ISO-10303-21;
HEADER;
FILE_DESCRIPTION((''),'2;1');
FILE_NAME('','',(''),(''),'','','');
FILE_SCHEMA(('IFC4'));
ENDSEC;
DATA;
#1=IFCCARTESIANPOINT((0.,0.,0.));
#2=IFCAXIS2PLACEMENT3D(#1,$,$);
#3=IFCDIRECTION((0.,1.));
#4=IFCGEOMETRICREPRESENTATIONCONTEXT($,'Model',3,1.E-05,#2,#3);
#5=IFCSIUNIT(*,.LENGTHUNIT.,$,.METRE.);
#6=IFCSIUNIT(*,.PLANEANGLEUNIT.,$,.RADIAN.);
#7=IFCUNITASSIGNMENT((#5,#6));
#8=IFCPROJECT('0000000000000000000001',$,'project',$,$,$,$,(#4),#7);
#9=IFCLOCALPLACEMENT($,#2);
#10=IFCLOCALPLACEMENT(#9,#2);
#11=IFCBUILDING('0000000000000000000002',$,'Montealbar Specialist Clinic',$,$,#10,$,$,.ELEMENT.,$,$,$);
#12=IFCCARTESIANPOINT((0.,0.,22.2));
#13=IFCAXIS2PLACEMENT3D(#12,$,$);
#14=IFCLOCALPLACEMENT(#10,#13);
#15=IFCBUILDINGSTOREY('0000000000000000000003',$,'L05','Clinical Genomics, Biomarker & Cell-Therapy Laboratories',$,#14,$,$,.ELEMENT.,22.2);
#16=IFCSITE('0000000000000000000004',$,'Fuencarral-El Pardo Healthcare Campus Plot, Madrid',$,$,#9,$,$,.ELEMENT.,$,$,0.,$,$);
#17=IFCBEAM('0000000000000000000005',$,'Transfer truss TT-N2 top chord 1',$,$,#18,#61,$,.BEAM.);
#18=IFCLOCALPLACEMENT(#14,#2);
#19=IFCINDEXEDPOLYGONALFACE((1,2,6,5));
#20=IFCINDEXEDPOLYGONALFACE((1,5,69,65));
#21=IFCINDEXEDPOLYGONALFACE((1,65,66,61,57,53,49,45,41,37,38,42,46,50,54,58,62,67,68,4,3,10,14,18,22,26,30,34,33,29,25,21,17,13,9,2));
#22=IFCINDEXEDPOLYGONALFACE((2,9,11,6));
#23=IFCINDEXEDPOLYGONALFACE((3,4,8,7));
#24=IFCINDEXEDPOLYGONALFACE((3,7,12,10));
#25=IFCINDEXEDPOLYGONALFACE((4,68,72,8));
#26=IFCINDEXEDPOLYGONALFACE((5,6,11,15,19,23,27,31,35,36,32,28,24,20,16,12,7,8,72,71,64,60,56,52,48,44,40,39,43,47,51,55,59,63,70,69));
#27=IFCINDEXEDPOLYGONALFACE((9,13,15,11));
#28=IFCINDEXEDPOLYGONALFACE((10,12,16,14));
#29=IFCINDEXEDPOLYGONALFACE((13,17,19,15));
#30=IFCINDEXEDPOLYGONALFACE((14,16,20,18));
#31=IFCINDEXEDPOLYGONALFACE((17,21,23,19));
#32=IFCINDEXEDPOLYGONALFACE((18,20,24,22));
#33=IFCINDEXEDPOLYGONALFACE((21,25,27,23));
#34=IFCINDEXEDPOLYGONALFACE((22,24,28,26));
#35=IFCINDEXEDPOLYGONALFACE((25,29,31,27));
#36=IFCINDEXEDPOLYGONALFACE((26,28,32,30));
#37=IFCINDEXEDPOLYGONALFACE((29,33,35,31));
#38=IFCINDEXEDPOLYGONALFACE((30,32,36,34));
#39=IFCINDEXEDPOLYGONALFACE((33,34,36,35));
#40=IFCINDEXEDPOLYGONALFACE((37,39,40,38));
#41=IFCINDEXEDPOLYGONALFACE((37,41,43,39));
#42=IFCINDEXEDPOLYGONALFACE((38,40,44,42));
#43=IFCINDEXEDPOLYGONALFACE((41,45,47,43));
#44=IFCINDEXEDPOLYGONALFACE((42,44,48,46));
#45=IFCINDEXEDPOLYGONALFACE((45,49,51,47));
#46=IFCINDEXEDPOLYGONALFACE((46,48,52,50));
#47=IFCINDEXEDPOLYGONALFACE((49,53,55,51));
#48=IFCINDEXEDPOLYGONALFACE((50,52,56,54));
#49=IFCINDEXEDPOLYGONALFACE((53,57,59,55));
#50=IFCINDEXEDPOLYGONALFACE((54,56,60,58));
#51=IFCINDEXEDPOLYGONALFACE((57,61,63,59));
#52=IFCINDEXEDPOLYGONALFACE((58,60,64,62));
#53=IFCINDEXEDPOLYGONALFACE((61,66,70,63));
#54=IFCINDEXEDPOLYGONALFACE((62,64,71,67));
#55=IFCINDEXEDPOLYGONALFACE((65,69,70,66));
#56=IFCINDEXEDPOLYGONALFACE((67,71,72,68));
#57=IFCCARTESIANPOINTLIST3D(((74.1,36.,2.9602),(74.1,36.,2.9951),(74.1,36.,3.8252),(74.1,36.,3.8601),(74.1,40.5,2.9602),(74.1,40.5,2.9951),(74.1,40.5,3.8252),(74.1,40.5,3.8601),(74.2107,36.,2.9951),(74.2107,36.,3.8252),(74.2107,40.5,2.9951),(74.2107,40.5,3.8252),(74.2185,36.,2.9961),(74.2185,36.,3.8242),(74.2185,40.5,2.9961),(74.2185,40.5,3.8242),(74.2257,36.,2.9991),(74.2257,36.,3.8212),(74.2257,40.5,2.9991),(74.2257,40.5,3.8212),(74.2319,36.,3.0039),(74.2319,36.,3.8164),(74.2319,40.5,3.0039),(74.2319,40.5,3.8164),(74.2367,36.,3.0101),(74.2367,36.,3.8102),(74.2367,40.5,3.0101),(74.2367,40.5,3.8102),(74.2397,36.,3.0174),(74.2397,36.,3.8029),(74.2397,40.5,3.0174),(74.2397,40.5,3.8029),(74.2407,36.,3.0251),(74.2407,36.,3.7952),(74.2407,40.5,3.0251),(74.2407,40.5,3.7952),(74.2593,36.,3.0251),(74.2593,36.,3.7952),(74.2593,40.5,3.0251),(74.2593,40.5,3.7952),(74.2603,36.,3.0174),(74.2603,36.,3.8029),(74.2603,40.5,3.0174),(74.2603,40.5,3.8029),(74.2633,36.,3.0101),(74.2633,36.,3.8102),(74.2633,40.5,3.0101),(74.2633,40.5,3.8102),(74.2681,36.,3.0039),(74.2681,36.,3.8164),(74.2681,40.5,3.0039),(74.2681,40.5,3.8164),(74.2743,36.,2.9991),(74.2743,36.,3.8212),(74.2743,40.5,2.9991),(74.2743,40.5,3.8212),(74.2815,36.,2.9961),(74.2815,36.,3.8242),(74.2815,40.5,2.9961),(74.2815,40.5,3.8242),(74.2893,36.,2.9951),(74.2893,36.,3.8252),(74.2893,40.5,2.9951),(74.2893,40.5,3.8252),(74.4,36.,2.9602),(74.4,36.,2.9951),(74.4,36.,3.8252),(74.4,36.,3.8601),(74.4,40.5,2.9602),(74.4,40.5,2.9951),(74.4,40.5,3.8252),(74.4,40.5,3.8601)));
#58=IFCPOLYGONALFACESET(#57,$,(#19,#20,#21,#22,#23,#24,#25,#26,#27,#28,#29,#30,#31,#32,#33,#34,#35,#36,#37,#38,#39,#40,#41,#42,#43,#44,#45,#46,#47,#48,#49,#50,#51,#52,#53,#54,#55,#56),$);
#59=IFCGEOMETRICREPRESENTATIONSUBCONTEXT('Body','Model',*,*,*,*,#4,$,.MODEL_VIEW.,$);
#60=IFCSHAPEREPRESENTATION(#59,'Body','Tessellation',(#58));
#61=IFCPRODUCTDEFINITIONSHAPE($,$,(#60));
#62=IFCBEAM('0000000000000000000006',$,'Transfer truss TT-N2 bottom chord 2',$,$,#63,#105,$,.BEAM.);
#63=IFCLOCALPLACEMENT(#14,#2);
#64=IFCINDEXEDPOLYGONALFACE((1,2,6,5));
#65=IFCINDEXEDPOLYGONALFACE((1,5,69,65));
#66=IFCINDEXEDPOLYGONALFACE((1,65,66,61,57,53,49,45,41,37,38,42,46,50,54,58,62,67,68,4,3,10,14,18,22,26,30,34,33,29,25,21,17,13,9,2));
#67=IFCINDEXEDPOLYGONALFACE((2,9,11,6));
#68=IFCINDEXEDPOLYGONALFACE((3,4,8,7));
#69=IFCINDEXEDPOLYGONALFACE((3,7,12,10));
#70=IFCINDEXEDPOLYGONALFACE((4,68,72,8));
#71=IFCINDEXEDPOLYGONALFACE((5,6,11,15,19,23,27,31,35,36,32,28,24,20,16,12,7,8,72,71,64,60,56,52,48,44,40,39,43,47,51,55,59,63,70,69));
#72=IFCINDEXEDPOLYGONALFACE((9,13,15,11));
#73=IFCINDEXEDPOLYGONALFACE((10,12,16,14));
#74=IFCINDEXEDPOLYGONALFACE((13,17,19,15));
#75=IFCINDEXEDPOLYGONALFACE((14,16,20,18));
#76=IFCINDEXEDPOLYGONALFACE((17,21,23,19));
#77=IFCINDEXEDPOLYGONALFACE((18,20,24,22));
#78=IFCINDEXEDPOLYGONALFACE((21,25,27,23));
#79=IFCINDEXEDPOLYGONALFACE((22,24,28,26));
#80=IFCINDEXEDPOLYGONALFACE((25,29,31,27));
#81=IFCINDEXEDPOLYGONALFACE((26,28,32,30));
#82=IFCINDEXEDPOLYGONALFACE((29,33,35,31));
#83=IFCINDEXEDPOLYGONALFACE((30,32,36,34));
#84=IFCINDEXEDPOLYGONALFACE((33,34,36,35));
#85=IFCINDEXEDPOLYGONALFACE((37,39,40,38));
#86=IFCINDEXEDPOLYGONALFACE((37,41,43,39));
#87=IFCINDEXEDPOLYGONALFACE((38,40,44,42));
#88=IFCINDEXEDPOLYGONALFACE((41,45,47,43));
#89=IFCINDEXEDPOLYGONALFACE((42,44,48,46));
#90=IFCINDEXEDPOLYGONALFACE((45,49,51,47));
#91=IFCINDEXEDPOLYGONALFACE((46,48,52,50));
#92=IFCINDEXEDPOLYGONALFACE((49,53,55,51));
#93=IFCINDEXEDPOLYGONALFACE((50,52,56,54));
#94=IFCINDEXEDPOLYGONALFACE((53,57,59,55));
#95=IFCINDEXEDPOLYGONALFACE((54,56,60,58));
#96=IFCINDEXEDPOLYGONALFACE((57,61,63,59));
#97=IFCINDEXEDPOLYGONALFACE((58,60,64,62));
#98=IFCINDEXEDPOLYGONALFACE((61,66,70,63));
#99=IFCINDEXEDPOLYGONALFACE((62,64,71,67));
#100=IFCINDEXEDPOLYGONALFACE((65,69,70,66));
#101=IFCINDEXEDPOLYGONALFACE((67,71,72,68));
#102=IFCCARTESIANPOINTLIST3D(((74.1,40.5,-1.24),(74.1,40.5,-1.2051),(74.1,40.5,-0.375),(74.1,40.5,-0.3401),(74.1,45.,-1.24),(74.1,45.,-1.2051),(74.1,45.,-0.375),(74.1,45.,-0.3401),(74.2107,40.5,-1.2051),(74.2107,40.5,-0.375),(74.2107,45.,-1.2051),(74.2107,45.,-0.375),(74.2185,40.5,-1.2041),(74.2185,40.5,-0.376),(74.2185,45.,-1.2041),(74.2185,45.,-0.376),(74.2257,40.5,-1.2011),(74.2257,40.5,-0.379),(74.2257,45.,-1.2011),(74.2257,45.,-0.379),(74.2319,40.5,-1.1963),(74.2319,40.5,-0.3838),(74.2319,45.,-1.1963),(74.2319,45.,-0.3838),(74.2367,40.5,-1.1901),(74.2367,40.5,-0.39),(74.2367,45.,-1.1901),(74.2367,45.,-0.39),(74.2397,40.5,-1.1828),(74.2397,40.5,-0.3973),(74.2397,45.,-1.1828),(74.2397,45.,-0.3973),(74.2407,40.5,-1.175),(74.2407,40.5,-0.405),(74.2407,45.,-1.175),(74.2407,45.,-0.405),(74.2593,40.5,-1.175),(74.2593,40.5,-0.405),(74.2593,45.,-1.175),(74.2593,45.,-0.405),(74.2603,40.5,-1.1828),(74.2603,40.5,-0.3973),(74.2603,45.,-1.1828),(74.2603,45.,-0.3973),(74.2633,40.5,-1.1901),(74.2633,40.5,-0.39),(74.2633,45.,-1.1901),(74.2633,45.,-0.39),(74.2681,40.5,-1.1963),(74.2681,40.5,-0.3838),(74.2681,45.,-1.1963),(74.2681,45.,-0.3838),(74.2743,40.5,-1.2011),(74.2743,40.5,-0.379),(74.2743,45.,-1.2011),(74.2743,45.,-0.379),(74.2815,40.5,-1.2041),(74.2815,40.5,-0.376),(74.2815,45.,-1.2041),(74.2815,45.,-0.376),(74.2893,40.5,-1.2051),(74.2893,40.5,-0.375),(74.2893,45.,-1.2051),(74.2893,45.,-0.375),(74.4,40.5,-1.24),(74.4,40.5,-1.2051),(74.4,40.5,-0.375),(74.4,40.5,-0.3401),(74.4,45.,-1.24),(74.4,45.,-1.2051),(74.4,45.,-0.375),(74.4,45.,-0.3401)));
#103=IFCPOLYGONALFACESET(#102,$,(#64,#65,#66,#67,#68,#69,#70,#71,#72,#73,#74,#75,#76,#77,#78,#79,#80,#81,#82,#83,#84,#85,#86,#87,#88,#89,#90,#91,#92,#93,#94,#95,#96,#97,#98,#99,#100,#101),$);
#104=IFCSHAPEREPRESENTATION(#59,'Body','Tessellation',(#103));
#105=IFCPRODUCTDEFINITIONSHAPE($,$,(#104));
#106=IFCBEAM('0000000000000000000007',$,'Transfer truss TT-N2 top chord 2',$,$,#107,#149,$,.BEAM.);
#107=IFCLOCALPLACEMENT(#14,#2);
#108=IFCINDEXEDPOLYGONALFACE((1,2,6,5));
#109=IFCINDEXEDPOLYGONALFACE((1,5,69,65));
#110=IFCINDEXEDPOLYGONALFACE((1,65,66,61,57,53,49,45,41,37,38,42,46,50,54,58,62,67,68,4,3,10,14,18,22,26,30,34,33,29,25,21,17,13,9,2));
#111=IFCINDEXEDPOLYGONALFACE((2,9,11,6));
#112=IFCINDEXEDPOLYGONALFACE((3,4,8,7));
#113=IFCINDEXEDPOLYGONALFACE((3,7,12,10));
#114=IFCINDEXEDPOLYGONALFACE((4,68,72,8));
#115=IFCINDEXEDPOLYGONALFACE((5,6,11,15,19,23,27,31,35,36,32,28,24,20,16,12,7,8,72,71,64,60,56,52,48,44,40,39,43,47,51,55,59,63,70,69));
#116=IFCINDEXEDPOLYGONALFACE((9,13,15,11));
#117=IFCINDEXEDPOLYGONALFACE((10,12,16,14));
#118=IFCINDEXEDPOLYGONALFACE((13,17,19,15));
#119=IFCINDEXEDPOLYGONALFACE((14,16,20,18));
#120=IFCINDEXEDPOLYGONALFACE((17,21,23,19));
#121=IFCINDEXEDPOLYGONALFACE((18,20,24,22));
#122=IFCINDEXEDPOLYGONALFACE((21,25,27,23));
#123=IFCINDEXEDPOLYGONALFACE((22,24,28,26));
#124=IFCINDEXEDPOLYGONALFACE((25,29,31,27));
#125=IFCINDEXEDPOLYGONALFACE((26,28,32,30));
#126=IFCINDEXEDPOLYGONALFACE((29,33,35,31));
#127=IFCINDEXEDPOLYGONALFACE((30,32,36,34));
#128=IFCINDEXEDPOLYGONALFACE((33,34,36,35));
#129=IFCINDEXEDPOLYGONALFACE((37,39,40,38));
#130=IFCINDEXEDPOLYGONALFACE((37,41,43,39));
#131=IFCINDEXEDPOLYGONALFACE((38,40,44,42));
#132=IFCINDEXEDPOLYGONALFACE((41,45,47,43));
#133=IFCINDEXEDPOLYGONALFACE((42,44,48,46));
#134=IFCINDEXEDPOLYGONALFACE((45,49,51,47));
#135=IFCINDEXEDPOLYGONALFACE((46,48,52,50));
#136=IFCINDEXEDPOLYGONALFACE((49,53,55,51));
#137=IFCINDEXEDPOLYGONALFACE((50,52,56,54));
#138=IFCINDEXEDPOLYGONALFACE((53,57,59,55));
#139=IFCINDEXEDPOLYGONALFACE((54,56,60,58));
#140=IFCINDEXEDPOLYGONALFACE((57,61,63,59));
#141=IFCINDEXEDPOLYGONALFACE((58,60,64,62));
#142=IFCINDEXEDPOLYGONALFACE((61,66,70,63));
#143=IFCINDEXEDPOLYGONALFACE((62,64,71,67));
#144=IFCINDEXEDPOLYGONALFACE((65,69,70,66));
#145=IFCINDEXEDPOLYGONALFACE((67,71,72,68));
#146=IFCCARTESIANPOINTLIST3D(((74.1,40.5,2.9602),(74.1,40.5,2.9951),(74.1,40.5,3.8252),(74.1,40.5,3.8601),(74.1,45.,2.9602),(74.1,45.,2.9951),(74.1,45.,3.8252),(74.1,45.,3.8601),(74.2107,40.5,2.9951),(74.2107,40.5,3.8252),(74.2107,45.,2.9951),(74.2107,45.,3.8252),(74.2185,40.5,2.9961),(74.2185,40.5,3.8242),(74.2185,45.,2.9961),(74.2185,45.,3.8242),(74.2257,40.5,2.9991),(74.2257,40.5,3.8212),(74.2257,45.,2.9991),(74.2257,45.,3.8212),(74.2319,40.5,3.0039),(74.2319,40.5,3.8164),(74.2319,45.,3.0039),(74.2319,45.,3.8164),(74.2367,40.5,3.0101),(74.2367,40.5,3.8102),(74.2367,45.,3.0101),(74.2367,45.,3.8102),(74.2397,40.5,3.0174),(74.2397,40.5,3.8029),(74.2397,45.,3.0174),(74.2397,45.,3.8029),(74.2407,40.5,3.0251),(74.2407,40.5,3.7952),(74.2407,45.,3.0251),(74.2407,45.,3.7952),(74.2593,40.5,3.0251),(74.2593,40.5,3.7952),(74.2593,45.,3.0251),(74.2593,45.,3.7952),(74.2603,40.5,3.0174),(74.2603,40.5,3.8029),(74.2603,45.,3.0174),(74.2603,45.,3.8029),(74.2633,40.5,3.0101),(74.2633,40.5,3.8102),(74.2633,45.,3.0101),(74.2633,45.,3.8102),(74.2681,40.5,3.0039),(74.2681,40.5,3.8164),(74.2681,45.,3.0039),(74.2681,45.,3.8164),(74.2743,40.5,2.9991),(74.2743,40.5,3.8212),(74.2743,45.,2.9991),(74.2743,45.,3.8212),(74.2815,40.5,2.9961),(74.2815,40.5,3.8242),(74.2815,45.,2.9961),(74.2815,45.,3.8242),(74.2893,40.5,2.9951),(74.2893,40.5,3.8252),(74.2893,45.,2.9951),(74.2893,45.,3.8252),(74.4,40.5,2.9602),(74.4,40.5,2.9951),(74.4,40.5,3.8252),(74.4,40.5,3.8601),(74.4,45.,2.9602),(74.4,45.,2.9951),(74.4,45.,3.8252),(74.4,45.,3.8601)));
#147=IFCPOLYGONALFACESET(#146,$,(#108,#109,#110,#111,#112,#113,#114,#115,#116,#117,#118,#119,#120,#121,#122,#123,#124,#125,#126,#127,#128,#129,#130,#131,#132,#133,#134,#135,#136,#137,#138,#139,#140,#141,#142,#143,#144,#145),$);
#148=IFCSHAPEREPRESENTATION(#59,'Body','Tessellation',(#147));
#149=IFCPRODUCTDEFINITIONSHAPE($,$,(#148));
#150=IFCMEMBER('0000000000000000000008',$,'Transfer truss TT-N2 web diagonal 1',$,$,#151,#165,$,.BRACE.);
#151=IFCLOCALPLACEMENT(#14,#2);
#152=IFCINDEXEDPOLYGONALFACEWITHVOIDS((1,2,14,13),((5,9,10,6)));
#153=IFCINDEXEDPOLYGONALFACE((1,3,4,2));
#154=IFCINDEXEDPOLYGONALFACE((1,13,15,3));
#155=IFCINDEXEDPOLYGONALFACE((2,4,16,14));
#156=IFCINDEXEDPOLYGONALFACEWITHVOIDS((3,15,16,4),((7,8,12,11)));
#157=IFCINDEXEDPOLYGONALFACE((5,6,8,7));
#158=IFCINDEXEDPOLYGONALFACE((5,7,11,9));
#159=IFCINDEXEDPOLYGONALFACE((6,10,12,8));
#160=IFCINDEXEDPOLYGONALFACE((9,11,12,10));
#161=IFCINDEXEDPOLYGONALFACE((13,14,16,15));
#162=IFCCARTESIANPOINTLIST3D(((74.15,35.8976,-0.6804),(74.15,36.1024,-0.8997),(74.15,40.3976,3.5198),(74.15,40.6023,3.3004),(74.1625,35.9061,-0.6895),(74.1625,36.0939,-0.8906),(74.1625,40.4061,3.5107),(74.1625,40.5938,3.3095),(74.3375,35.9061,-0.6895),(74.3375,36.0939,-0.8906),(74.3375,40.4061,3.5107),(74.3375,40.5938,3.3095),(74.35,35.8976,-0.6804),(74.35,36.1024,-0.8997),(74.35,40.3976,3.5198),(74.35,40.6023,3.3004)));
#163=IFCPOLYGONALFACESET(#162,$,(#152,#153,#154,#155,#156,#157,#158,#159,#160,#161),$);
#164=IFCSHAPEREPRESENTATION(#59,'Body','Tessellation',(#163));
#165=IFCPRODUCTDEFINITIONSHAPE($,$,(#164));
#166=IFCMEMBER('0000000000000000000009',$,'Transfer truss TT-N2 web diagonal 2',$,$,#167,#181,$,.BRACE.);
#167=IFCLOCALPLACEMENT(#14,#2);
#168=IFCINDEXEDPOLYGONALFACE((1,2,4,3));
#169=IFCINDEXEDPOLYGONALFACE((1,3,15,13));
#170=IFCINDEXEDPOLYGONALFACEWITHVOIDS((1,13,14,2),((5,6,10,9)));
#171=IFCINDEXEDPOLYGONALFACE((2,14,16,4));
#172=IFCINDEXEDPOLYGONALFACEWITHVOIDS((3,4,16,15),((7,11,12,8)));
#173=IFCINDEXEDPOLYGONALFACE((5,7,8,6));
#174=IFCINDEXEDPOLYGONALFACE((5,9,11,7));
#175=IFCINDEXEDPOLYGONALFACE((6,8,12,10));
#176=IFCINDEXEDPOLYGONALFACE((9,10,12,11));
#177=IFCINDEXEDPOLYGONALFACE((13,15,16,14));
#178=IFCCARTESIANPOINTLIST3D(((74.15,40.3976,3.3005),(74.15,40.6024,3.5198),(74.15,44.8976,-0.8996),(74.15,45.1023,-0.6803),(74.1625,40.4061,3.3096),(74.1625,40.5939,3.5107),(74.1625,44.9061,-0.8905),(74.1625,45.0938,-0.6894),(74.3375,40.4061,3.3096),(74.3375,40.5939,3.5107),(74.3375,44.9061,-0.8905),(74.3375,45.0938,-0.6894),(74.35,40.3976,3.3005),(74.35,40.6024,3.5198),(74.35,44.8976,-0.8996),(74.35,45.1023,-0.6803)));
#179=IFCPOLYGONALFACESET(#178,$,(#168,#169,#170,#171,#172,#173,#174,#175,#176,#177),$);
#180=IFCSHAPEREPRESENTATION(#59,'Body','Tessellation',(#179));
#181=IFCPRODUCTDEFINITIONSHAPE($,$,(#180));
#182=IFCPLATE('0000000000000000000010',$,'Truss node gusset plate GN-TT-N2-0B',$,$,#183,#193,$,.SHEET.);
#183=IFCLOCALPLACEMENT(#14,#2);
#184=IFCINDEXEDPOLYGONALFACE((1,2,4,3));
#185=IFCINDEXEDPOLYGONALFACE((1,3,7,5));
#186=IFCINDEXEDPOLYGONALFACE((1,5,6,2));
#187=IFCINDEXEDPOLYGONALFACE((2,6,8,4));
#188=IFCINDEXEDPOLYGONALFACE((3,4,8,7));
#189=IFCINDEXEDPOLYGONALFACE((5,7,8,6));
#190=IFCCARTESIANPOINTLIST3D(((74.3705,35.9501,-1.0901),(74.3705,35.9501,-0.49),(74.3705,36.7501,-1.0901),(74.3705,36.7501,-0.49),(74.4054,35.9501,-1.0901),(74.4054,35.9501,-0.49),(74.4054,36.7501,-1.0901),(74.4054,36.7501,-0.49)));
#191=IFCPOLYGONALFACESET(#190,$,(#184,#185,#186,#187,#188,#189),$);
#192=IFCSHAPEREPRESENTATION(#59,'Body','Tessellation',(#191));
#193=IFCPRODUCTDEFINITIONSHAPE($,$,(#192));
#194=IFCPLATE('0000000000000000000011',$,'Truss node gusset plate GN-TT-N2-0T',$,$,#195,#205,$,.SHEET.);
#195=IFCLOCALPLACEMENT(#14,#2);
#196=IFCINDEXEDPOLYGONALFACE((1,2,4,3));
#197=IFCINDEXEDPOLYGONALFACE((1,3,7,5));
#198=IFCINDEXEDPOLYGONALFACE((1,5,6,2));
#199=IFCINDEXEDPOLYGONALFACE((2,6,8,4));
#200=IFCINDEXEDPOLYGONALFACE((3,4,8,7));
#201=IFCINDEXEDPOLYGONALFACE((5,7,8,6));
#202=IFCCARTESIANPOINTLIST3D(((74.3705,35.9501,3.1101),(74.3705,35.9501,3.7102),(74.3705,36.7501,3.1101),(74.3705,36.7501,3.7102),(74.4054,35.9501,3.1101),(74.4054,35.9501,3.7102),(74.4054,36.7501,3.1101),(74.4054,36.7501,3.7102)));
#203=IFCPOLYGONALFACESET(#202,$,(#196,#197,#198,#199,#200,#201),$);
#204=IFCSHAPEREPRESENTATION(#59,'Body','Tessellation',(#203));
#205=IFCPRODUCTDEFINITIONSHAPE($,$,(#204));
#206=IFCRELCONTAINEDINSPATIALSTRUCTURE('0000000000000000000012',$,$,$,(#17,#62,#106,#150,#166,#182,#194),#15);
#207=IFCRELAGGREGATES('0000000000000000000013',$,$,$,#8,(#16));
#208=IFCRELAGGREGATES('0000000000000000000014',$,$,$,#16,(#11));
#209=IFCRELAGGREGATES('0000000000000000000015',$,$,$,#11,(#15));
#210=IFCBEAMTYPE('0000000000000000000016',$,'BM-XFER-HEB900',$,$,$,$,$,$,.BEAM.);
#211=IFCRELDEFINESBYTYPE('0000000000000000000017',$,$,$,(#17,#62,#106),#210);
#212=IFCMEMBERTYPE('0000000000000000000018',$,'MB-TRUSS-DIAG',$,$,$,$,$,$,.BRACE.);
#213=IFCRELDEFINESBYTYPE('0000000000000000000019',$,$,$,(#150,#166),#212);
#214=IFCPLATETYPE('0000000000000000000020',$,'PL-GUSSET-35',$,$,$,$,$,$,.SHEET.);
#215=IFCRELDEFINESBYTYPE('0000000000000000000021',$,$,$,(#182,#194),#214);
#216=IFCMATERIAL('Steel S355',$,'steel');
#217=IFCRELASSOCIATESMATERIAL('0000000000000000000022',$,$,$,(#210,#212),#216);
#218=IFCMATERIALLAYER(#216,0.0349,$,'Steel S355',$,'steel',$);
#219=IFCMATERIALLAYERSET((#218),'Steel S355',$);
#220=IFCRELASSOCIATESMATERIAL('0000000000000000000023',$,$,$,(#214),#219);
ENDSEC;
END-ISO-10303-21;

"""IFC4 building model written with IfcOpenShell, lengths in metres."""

from ifc_helpers import new_model, si_unit, direction, frame, origin, origin_2d, place, context, subcontext, project, spatial, rectangle, hollow_rectangle, i_section, extrude, material, layer, layer_set, material_profile, profile_set, type_object, element, save


model = new_model("IFC4")

# Units and contexts
model_context = context("Model", 3, precision=1e-05, world=origin(), true_north=direction((0.0, 1.0)))
body_context = subcontext(model_context, "Body", "Model", "MODEL_VIEW")
ifc_project = project(units=[si_unit("LENGTHUNIT", "METRE"), si_unit("PLANEANGLEUNIT", "RADIAN")], contexts=[model_context])

# Site, building, storey
site_placement = place(None, origin())
site = spatial("IfcSite", under=ifc_project, at=site_placement, Name="Fuencarral-El Pardo Healthcare Campus Plot, Madrid", CompositionType="ELEMENT", RefElevation=0.0)
building_placement = place(site_placement, origin())
building = spatial("IfcBuilding", under=site, at=building_placement, Name="Montealbar Specialist Clinic", CompositionType="ELEMENT")
storey_placement = place(building_placement, frame((0.0, 0.0, 22.2)))
storey = spatial("IfcBuildingStorey", under=building, at=storey_placement, Name="L05", Description="Clinical Genomics, Biomarker & Cell-Therapy Laboratories", CompositionType="ELEMENT", Elevation=22.2)

# Shared definitions
ifc_material_1 = material(Name="Steel S355", Category="steel")

# Beams
ifc_material_profile_1 = material_profile(ifc_material_1, i_section(OverallWidth=0.3, OverallDepth=0.8999, WebThickness=0.0186, FlangeThickness=0.0349, FilletRadius=0.03, at=origin_2d()), Name="HEB 900", Category="steel")
ifc_profile_set_1 = profile_set([ifc_material_profile_1], Name="Steel S355")
beam_type_1 = type_object("IfcBeamType", Name="BM-XFER-HEB900", PredefinedType="BEAM", material=ifc_profile_set_1)
for number, where, z_axis, x_axis, name in (
    (1, (74.25, 36.0, 3.4102), (0.0, 1.0, 0.0), (-1.0, 0.0, 0.0), "Transfer truss TT-N2 top chord 1"),
    (2, (74.25, 40.5, -0.79), (0.0, 1.0, 0.0), (-1.0, 0.0, 0.0), "Transfer truss TT-N2 bottom chord 2"),
    (3, (74.25, 40.5, 3.4102), (0.0, 1.0, 0.0), (-1.0, 0.0, 0.0), "Transfer truss TT-N2 top chord 2"),
):
    element("IfcBeam", number, at=place(storey_placement, frame(where, z_axis=z_axis, x_axis=x_axis)), inside=storey, type_object=beam_type_1, Name=name, PredefinedType="BEAM", context=body_context, shape_type="SweptSolid", body=[
        extrude(i_section(OverallWidth=0.3, OverallDepth=0.8999, WebThickness=0.0186, FlangeThickness=0.0349, FilletRadius=0.03, at=origin_2d()), origin(), (0.0, 0.0, 1.0), 4.5),
    ])

# Members
ifc_material_profile_2 = material_profile(ifc_material_1, hollow_rectangle(XDim=0.2, YDim=0.3, WallThickness=0.0125, at=origin_2d()), Name="RHS 300x200x12.5", Category="steel")
ifc_profile_set_2 = profile_set([ifc_material_profile_2], Name="Steel S355")
member_type = type_object("IfcMemberType", Name="MB-TRUSS-DIAG", PredefinedType="BRACE", material=ifc_profile_set_2)
for number, where, z_axis, x_axis, name in (
    (4, (74.25, 36.0, -0.79), (0.0, 0.731039, 0.682335), (-1.0, 0.0, 0.0), "Transfer truss TT-N2 web diagonal 1"),
    (5, (74.25, 40.5, 3.4102), (0.0, 0.731039, -0.682335), (-1.0, 0.0, 0.0), "Transfer truss TT-N2 web diagonal 2"),
):
    element("IfcMember", number, at=place(storey_placement, frame(where, z_axis=z_axis, x_axis=x_axis)), inside=storey, type_object=member_type, Name=name, PredefinedType="BRACE", context=body_context, shape_type="SweptSolid", body=[
        extrude(hollow_rectangle(XDim=0.2, YDim=0.3, WallThickness=0.0125, at=origin_2d()), origin(), (0.0, 0.0, 1.0), 6.1555),
    ])

# Plates
ifc_layer_1 = layer(ifc_material_1, 0.0349, Name="Steel S355", Category="steel")
ifc_layer_set_1 = layer_set([ifc_layer_1], Name="Steel S355")
plate_type = type_object("IfcPlateType", Name="PL-GUSSET-35", PredefinedType="SHEET", material=ifc_layer_set_1)
for number, where, z_axis, x_axis, name in (
    (6, (74.3879, 36.3501, -1.0901), (0.0, 0.0, 1.0), (0.0, 1.0, 0.0), "Truss node gusset plate GN-TT-N2-0B"),
    (7, (74.3879, 36.3501, 3.1101), (0.0, 0.0, 1.0), (0.0, 1.0, 0.0), "Truss node gusset plate GN-TT-N2-0T"),
):
    element("IfcPlate", number, at=place(storey_placement, frame(where, z_axis=z_axis, x_axis=x_axis)), inside=storey, type_object=plate_type, Name=name, PredefinedType="SHEET", context=body_context, shape_type="SweptSolid", body=[
        extrude(rectangle(XDim=0.8, YDim=0.0349, at=origin_2d()), origin(), (0.0, 0.0, 1.0), 0.6001),
    ])

save(model, "model.ifc")
